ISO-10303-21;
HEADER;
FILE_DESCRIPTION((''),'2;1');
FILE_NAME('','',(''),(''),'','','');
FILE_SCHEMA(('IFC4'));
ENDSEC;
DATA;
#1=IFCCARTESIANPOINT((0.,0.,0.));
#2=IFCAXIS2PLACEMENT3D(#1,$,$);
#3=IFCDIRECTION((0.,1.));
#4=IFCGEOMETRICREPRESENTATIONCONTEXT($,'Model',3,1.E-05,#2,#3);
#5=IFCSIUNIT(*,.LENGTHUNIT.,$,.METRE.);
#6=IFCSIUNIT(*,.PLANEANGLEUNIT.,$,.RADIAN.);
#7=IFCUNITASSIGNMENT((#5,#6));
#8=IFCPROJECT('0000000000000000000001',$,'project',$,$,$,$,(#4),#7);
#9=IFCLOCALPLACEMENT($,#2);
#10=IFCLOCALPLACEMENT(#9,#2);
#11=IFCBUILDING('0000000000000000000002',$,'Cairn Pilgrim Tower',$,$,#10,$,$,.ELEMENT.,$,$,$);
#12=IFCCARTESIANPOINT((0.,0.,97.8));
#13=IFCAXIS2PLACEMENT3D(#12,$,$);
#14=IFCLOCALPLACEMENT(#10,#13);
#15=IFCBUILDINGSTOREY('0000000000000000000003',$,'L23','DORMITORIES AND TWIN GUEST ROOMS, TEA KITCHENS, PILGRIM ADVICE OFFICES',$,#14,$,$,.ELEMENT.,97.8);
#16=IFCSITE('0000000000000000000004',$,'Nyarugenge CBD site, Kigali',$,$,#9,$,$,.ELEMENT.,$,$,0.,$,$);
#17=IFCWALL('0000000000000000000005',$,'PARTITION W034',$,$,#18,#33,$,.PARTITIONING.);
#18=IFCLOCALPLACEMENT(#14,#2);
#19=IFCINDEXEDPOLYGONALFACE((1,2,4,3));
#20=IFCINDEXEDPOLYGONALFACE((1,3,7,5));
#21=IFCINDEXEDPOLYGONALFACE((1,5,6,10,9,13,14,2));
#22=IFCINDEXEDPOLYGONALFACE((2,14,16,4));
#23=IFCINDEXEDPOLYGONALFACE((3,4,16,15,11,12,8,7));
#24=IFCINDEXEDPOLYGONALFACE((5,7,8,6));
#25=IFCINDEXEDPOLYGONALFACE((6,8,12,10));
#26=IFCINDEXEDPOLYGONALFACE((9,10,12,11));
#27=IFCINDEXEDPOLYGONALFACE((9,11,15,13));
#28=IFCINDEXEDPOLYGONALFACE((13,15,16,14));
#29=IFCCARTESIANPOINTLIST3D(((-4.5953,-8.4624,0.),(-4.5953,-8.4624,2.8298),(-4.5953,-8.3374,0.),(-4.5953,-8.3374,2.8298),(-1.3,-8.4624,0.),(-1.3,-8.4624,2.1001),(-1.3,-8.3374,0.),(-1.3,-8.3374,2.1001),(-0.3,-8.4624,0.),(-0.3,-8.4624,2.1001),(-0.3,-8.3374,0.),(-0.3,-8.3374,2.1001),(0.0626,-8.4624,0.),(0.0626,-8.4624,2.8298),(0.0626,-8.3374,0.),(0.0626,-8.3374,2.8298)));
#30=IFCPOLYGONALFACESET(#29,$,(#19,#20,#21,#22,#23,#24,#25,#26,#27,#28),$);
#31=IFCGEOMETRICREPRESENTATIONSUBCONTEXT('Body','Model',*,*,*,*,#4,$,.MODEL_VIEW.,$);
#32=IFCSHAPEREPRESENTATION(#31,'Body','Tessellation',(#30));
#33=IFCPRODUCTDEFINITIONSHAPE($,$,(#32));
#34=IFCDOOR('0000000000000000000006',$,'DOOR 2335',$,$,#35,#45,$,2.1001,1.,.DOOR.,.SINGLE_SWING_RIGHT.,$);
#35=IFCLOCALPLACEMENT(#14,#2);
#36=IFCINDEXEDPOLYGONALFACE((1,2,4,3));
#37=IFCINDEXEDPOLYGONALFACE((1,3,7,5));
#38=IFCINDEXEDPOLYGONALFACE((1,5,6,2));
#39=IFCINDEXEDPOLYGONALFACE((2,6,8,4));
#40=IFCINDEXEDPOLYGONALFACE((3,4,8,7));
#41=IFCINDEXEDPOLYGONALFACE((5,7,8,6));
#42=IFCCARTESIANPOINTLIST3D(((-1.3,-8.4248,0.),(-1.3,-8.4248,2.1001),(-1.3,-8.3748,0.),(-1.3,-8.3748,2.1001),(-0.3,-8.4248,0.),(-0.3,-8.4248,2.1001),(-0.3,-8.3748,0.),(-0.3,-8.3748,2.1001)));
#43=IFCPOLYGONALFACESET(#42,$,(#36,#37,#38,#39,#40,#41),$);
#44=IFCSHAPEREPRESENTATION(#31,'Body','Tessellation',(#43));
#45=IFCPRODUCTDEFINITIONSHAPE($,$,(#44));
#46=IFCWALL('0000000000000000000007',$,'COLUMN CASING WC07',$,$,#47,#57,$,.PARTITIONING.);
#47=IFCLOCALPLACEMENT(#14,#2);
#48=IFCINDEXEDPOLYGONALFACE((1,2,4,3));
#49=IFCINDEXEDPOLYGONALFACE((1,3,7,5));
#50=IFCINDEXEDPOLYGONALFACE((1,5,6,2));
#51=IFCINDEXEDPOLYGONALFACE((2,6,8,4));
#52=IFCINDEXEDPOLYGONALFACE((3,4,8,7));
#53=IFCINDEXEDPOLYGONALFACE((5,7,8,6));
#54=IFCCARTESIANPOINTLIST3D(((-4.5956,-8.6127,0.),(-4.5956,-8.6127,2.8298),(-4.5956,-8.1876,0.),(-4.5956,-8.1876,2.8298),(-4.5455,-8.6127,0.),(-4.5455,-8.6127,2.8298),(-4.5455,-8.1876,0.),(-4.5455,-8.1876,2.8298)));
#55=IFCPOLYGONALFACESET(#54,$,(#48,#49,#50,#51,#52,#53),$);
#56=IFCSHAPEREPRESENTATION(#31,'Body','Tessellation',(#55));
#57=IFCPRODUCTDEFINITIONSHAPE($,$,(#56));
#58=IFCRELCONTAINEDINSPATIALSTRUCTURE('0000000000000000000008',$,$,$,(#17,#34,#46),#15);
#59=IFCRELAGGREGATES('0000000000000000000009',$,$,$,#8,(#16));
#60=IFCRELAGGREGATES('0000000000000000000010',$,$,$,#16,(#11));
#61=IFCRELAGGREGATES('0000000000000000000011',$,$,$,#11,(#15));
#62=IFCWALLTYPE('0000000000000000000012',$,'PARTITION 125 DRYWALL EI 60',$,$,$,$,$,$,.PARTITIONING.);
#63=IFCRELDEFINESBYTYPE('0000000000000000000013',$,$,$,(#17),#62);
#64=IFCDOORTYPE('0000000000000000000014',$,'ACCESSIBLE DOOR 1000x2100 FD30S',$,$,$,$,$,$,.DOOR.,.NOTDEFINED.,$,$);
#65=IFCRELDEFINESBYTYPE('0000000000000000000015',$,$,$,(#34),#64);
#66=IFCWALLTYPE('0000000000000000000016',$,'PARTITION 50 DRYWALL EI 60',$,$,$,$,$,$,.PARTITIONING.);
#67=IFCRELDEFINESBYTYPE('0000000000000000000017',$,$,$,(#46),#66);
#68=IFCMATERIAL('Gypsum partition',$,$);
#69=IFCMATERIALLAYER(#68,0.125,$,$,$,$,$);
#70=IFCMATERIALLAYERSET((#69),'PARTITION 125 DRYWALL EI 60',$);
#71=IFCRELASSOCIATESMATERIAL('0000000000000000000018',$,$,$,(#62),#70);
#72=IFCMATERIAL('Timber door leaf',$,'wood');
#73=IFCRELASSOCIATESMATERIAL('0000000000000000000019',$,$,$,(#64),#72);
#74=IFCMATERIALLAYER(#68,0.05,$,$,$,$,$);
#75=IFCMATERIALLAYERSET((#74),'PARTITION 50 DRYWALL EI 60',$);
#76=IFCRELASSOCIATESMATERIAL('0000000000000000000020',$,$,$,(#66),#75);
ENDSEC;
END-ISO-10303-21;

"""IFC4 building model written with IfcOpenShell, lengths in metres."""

from ifc_helpers import new_model, si_unit, direction, frame, frame_2d, origin, place, context, subcontext, project, spatial, rectangle, extrude, material, layer, layer_set, type_object, element, fill, save


model = new_model("IFC4")

# Units and contexts
model_context = context("Model", 3, precision=1e-05, world=origin(), true_north=direction((0.0, 1.0)))
body_context = subcontext(model_context, "Body", "Model", "MODEL_VIEW")
ifc_project = project(units=[si_unit("LENGTHUNIT", "METRE"), si_unit("PLANEANGLEUNIT", "RADIAN")], contexts=[model_context])

# Site, building, storey
site_placement = place(None, origin())
site = spatial("IfcSite", under=ifc_project, at=site_placement, Name="Nyarugenge CBD site, Kigali", CompositionType="ELEMENT", RefElevation=0.0)
building_placement = place(site_placement, origin())
building = spatial("IfcBuilding", under=site, at=building_placement, Name="Cairn Pilgrim Tower", CompositionType="ELEMENT")
storey_placement = place(building_placement, frame((0.0, 0.0, 97.8)))
storey = spatial("IfcBuildingStorey", under=building, at=storey_placement, Name="L23", Description="DORMITORIES AND TWIN GUEST ROOMS, TEA KITCHENS, PILGRIM ADVICE OFFICES", CompositionType="ELEMENT", Elevation=97.8)

# Wall, opening, door
ifc_material_1 = material(Name="Gypsum partition")
ifc_layer_1 = layer(ifc_material_1, 0.125)
ifc_layer_set_1 = layer_set([ifc_layer_1], Name="PARTITION 125 DRYWALL EI 60")
wall_type_1 = type_object("IfcWallType", Name="PARTITION 125 DRYWALL EI 60", PredefinedType="PARTITIONING", material=ifc_layer_set_1)
wall_1_placement = place(storey_placement, frame((-4.5955, -8.3999, 0.0), z_axis=(0.0, 0.0, 1.0), x_axis=(1.0, 0.0, 0.0)))
wall_1 = element("IfcWall", 1, at=wall_1_placement, inside=storey, type_object=wall_type_1, Name="PARTITION W034", PredefinedType="PARTITIONING", context=body_context, shape_type="SweptSolid", body=[
    extrude(rectangle(XDim=4.658, YDim=0.125, at=frame_2d((2.3291, 0.0))), origin(), (0.0, 0.0, 1.0), 2.8298),
])
opening_1_placement = place(wall_1_placement, frame((3.2954, 0.0, 0.0)))
opening_1 = element("IfcOpeningElement", 2, at=opening_1_placement, cuts=wall_1, PredefinedType="OPENING", context=body_context, shape_type="SweptSolid", body=[
    extrude(rectangle(XDim=1.0, YDim=2.1001, at=frame_2d((0.5, 1.05))), frame((0.0, 0.0725, 0.0), z_axis=(0.0, -1.0, 0.0), x_axis=(1.0, 0.0, 0.0)), (0.0, 0.0, 1.0), 0.145),
])
ifc_material_2 = material(Name="Timber door leaf", Category="wood")
door_type_1 = type_object("IfcDoorType", Name="ACCESSIBLE DOOR 1000x2100 FD30S", OperationType="NOTDEFINED", PredefinedType="DOOR", material=ifc_material_2)
door_1_placement = place(opening_1_placement, frame((1.0, 0.0, 0.0), z_axis=(0.0, 0.0, 1.0), x_axis=(-1.0, 0.0, 0.0)))
door_1 = element("IfcDoor", 3, at=door_1_placement, inside=storey, type_object=door_type_1, Name="DOOR 2335", OperationType="SINGLE_SWING_RIGHT", OverallHeight=2.1001, OverallWidth=1.0, PredefinedType="DOOR", context=body_context, shape_type="SweptSolid", body=[
    extrude(rectangle(XDim=1.0, YDim=2.1001, at=frame_2d((0.5, 1.05))), frame((0.0, 0.0249, 0.0), z_axis=(0.0, -1.0, 0.0), x_axis=(1.0, 0.0, 0.0)), (0.0, 0.0, 1.0), 0.05),
])
fill(opening_1, door_1)

# Wall
ifc_layer_2 = layer(ifc_material_1, 0.05)
ifc_layer_set_2 = layer_set([ifc_layer_2], Name="PARTITION 50 DRYWALL EI 60")
wall_type_2 = type_object("IfcWallType", Name="PARTITION 50 DRYWALL EI 60", PredefinedType="PARTITIONING", material=ifc_layer_set_2)
wall_2_placement = place(storey_placement, frame((-4.5706, -8.6125, 0.0), z_axis=(0.0, 0.0, 1.0), x_axis=(0.0, 1.0, 0.0)))
element("IfcWall", 4, at=wall_2_placement, inside=storey, type_object=wall_type_2, Name="COLUMN CASING WC07", PredefinedType="PARTITIONING", context=body_context, shape_type="SweptSolid", body=[
    extrude(rectangle(XDim=0.425, YDim=0.05, at=frame_2d((0.2124, 0.0))), origin(), (0.0, 0.0, 1.0), 2.8298),
])

save(model, "model.ifc")
